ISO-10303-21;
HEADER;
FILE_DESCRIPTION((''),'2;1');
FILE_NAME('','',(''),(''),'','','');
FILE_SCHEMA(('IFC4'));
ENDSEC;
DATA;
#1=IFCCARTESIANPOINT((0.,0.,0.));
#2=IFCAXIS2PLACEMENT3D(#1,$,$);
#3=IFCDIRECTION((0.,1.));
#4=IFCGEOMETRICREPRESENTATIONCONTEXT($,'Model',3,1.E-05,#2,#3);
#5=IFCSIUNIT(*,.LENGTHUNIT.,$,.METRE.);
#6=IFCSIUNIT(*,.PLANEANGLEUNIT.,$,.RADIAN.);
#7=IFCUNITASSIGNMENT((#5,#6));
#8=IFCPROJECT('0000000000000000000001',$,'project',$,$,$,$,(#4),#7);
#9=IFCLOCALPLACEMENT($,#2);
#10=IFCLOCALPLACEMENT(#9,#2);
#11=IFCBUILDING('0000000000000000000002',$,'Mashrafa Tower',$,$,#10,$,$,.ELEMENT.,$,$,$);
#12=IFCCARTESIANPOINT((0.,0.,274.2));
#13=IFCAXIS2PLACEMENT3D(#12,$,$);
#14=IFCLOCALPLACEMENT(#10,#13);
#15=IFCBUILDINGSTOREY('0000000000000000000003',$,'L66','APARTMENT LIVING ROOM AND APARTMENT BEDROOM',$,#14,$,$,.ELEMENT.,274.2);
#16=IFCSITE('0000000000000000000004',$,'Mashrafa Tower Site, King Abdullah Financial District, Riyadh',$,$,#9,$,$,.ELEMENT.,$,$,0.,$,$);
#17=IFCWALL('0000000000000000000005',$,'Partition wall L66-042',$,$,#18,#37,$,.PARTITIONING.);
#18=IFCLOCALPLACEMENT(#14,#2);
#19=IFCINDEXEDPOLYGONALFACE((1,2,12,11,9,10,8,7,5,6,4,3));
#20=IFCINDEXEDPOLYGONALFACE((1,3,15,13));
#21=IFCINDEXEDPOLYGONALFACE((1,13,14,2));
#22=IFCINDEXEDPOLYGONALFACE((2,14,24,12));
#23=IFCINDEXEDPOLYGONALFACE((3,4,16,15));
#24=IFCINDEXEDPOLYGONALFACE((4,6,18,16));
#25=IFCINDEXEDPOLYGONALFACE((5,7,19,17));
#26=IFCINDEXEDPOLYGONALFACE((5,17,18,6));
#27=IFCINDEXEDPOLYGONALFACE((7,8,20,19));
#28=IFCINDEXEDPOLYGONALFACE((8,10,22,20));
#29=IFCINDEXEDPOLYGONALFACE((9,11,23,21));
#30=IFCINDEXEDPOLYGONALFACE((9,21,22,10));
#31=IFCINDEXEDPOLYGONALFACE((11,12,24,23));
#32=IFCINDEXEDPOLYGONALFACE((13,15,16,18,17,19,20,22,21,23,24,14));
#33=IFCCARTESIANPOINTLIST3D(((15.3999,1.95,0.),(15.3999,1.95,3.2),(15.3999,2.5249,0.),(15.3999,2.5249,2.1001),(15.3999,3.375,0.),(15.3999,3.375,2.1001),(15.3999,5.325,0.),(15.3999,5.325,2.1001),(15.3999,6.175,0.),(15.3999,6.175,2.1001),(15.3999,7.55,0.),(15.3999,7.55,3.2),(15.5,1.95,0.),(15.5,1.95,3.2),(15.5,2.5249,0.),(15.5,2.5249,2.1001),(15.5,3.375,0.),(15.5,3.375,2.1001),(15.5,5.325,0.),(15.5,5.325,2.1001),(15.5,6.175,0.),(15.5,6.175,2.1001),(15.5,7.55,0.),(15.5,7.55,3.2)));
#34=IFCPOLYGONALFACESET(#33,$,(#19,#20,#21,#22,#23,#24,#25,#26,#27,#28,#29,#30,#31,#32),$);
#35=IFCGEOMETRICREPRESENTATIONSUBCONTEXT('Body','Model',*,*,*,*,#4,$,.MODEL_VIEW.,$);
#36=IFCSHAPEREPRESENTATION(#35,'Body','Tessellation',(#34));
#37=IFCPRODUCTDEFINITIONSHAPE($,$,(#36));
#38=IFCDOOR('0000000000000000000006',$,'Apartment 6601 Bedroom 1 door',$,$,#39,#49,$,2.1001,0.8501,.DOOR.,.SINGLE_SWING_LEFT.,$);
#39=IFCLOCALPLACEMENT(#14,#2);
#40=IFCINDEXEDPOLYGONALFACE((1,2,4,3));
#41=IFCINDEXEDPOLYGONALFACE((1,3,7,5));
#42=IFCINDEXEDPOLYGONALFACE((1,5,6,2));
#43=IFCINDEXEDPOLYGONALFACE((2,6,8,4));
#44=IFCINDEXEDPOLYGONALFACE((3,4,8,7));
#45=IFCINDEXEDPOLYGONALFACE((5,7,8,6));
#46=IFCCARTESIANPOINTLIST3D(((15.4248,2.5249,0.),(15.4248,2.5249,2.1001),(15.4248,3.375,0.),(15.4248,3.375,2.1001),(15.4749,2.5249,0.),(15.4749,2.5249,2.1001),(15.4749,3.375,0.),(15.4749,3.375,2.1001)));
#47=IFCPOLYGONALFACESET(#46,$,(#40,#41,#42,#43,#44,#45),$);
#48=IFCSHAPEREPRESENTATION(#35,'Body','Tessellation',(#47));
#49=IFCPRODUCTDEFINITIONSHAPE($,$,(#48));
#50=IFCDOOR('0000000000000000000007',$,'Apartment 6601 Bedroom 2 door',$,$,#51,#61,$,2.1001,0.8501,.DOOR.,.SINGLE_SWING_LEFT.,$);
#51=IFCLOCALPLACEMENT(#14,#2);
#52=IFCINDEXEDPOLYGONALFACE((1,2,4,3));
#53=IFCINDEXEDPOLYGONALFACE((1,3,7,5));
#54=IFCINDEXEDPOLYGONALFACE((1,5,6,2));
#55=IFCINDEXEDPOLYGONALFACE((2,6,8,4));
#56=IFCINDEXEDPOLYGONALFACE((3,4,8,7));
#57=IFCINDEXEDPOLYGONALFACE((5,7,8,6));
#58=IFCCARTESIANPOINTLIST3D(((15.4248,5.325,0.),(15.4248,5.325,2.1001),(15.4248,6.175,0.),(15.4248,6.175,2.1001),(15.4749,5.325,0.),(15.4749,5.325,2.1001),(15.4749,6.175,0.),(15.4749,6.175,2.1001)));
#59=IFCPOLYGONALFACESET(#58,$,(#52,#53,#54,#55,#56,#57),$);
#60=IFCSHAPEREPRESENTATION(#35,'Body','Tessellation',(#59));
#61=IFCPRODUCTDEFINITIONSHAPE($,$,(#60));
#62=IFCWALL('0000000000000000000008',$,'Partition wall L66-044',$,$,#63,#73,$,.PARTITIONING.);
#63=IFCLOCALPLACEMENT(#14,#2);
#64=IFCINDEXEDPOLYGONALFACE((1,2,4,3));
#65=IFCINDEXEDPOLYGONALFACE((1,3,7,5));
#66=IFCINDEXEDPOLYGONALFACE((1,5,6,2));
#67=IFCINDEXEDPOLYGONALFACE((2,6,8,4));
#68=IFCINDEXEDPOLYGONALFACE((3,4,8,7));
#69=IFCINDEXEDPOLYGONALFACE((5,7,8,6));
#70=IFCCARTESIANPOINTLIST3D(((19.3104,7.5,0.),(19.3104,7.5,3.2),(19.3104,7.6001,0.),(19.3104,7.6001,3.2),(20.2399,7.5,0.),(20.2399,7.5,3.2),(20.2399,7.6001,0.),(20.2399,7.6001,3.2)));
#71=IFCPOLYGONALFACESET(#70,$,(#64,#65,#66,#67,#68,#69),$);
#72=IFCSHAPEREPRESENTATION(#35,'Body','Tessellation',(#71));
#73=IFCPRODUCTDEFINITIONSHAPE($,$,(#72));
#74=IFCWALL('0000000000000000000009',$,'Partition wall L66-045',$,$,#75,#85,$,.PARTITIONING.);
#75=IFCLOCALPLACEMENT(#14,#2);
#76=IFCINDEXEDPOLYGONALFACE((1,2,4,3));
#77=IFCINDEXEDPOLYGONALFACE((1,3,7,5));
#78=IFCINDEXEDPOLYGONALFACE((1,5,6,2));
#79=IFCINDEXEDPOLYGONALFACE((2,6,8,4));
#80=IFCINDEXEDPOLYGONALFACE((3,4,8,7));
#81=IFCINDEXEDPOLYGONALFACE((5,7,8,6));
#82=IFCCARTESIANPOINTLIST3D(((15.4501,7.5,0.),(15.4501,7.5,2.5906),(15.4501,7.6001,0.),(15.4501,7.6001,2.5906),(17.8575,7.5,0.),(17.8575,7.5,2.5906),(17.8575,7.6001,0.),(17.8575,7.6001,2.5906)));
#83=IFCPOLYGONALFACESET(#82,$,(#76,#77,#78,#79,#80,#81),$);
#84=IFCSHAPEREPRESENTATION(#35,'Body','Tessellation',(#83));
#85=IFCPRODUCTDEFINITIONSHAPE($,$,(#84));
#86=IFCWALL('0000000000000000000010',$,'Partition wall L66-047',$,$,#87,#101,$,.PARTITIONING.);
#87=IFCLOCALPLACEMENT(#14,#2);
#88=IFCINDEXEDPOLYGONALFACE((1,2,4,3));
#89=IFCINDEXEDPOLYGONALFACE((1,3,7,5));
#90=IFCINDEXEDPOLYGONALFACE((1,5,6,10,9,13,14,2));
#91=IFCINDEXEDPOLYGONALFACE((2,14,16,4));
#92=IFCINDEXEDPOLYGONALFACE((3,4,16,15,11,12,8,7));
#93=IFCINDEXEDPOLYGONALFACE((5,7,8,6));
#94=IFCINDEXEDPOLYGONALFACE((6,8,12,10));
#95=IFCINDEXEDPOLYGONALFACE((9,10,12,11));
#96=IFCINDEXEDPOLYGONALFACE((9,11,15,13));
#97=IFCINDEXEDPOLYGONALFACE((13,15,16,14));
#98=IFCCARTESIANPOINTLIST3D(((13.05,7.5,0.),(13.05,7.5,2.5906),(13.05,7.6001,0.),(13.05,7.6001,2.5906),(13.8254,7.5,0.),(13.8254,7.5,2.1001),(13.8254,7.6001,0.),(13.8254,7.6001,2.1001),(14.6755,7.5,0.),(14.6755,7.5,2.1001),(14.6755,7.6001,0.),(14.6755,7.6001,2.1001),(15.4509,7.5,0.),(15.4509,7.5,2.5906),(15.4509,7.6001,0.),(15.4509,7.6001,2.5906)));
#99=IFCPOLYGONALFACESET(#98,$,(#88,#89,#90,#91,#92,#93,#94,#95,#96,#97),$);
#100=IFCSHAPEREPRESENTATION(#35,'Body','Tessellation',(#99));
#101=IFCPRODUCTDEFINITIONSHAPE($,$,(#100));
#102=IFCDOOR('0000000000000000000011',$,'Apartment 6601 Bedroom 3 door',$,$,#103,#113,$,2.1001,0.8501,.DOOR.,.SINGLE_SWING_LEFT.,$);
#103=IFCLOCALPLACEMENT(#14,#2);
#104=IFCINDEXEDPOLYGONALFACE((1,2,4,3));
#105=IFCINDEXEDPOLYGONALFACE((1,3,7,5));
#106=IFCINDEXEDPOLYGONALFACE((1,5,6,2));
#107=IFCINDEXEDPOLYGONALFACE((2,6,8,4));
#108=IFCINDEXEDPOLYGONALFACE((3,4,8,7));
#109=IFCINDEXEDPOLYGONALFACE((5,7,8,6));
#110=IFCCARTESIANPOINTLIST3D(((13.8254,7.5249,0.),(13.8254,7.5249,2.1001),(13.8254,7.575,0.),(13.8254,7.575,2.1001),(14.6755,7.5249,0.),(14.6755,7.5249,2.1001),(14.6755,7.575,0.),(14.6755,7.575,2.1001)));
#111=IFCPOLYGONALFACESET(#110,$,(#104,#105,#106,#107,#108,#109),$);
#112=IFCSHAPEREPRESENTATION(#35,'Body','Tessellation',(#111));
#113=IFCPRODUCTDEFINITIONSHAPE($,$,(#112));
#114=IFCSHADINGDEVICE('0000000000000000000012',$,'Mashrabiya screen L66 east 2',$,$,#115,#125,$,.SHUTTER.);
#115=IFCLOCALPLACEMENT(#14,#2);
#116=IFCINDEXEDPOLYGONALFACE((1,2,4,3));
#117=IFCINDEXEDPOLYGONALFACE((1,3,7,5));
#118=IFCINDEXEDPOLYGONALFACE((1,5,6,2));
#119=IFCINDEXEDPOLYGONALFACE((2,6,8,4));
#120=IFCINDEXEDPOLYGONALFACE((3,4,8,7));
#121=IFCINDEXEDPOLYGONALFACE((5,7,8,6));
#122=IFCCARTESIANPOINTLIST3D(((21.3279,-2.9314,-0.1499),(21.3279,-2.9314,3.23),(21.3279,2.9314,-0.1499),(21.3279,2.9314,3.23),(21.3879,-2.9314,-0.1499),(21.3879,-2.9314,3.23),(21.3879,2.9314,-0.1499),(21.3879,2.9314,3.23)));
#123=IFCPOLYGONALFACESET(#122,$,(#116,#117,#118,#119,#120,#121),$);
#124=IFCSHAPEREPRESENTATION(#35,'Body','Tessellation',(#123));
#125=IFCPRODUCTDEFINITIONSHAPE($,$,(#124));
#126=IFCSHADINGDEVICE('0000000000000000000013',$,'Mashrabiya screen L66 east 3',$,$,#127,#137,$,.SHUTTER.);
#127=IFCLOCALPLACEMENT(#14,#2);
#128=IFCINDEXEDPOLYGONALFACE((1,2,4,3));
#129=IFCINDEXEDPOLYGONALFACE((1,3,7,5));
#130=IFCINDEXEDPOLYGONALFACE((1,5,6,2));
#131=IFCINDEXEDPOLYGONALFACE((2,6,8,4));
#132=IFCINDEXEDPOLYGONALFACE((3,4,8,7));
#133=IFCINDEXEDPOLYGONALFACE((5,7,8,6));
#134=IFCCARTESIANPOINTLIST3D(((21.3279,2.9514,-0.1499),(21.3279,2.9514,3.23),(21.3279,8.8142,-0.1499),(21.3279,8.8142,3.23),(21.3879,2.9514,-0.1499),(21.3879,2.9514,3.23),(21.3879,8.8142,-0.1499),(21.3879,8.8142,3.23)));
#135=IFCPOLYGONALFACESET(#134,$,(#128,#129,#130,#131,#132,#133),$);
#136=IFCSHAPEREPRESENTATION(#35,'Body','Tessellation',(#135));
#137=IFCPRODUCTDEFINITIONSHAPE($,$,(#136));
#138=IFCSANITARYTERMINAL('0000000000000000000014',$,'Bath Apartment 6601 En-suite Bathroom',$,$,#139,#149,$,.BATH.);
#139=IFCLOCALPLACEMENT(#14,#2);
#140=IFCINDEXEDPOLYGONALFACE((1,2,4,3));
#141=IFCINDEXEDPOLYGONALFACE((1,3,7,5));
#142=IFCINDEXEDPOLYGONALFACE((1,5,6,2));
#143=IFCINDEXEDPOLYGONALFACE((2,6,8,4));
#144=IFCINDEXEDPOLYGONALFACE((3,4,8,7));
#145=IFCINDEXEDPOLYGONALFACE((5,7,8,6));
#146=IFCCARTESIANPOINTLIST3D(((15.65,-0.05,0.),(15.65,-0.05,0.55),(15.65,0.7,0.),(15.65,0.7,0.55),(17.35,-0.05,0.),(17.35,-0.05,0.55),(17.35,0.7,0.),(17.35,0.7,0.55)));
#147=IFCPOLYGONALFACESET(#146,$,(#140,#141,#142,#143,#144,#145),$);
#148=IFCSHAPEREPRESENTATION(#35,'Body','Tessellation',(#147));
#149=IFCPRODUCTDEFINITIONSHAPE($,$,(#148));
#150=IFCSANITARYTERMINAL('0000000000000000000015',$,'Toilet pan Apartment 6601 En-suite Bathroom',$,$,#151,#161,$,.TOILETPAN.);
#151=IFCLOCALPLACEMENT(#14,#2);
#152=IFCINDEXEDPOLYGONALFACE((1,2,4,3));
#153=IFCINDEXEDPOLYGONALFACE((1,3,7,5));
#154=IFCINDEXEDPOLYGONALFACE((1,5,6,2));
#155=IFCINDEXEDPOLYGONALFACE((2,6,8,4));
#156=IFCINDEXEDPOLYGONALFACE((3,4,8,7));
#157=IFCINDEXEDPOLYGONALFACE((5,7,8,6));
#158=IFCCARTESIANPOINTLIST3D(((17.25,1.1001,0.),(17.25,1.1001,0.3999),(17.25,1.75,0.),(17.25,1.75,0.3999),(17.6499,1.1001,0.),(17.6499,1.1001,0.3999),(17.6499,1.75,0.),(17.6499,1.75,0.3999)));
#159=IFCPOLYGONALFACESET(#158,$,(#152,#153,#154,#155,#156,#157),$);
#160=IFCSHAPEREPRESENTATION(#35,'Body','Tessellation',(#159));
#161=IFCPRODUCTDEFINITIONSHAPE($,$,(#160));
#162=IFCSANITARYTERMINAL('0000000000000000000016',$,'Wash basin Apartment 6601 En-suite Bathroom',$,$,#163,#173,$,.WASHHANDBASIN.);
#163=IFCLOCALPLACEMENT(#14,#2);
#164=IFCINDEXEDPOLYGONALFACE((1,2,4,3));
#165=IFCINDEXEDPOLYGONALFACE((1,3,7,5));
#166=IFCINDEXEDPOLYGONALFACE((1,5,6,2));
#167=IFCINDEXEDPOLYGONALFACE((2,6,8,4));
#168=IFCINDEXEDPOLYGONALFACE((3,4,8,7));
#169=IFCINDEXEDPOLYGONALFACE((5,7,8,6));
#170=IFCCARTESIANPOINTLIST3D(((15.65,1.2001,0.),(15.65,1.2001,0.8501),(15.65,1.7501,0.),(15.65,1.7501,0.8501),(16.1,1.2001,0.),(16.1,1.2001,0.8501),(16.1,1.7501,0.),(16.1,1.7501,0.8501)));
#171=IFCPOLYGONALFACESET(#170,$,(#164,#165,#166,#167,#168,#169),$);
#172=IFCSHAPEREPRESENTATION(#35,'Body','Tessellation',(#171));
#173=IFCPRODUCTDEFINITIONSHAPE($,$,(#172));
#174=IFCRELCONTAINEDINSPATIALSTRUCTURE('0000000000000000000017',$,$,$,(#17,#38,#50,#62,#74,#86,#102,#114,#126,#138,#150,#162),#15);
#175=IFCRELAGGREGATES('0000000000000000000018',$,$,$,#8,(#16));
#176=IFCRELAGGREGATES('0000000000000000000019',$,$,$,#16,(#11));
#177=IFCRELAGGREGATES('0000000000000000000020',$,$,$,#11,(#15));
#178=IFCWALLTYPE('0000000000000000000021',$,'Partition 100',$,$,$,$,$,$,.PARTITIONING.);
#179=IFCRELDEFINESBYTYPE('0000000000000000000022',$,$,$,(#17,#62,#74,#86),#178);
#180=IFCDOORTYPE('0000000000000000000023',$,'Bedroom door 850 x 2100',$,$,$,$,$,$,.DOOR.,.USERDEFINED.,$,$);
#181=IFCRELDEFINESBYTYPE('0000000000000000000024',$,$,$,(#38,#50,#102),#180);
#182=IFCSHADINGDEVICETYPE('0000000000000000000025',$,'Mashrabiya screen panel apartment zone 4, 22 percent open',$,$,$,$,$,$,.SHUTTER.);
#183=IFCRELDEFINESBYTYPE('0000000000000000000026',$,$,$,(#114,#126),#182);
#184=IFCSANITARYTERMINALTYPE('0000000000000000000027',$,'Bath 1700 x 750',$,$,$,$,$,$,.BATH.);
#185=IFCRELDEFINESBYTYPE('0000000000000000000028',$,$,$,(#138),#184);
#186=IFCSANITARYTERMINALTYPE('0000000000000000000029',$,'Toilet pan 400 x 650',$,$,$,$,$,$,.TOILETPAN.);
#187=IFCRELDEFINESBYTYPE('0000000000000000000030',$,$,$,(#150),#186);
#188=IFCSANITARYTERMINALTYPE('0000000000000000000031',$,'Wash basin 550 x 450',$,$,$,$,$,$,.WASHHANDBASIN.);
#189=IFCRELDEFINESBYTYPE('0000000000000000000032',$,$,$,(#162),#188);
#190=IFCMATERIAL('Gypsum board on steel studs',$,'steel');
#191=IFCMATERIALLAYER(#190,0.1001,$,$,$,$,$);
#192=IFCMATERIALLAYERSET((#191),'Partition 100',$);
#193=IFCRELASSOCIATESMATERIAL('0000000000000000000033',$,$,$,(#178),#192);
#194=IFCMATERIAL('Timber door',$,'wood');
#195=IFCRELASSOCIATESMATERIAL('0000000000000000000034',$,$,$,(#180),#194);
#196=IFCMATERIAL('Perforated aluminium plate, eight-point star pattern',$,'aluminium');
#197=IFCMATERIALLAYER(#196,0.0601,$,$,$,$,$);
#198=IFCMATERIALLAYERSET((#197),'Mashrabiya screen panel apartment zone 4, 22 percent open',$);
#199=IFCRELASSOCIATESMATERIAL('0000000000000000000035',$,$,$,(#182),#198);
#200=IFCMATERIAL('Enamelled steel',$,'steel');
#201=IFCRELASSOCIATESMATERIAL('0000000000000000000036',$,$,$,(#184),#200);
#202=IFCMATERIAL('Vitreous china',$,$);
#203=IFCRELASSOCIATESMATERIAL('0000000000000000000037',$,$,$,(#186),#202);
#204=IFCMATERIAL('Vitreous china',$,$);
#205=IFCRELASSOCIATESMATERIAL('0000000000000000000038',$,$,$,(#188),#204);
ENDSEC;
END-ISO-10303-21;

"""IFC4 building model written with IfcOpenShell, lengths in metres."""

from ifc_helpers import new_model, si_unit, direction, frame, frame_2d, origin, origin_2d, place, context, subcontext, project, spatial, rectangle, extrude, source, transform, mapped, material, layer, layer_set, type_object, type_shapes, element, fill, save


model = new_model("IFC4")

# Units and contexts
model_context = context("Model", 3, precision=1e-05, world=origin(), true_north=direction((0.0, 1.0)))
body_context = subcontext(model_context, "Body", "Model", "MODEL_VIEW")
ifc_project = project(units=[si_unit("LENGTHUNIT", "METRE"), si_unit("PLANEANGLEUNIT", "RADIAN")], contexts=[model_context])

# Site, building, storey
site_placement = place(None, origin())
site = spatial("IfcSite", under=ifc_project, at=site_placement, Name="Mashrafa Tower Site, King Abdullah Financial District, Riyadh", CompositionType="ELEMENT", RefElevation=0.0)
building_placement = place(site_placement, origin())
building = spatial("IfcBuilding", under=site, at=building_placement, Name="Mashrafa Tower", CompositionType="ELEMENT")
storey_placement = place(building_placement, frame((0.0, 0.0, 274.2)))
storey = spatial("IfcBuildingStorey", under=building, at=storey_placement, Name="L66", Description="APARTMENT LIVING ROOM AND APARTMENT BEDROOM", CompositionType="ELEMENT", Elevation=274.2)

# Shared definitions
ifc_material_1 = material(Name="Gypsum board on steel studs", Category="steel")
ifc_layer_1 = layer(ifc_material_1, 0.1001)
ifc_layer_set_1 = layer_set([ifc_layer_1], Name="Partition 100")
wall_type_1 = type_object("IfcWallType", Name="Partition 100", PredefinedType="PARTITIONING", material=ifc_layer_set_1)

# Wall, openings, doors
wall_1_placement = place(storey_placement, frame((15.45, 1.95, 0.0), z_axis=(0.0, 0.0, 1.0), x_axis=(0.0, 1.0, 0.0)))
wall_1 = element("IfcWall", 1, at=wall_1_placement, inside=storey, type_object=wall_type_1, Name="Partition wall L66-042", PredefinedType="PARTITIONING", context=body_context, shape_type="SweptSolid", body=[
    extrude(rectangle(XDim=5.6001, YDim=0.1001, at=frame_2d((2.8, 0.0))), origin(), (0.0, 0.0, 1.0), 3.2),
])
opening_1_placement = place(wall_1_placement, frame((0.575, 0.0, 0.0)))
opening_1 = element("IfcOpeningElement", 2, at=opening_1_placement, cuts=wall_1, PredefinedType="OPENING", context=body_context, shape_type="SweptSolid", body=[
    extrude(rectangle(XDim=0.8501, YDim=2.1001, at=frame_2d((0.425, 1.05))), frame((0.0, 0.0601, 0.0), z_axis=(0.0, -1.0, 0.0), x_axis=(1.0, 0.0, 0.0)), (0.0, 0.0, 1.0), 0.1201),
])
opening_2_placement = place(wall_1_placement, frame((3.375, 0.0, 0.0)))
opening_2 = element("IfcOpeningElement", 3, at=opening_2_placement, cuts=wall_1, PredefinedType="OPENING", context=body_context, shape_type="SweptSolid", body=[
    extrude(rectangle(XDim=0.8501, YDim=2.1001, at=frame_2d((0.425, 1.05))), frame((0.0, 0.0601, 0.0), z_axis=(0.0, -1.0, 0.0), x_axis=(1.0, 0.0, 0.0)), (0.0, 0.0, 1.0), 0.1201),
])
ifc_material_2 = material(Name="Timber door", Category="wood")
door_type_1 = type_object("IfcDoorType", Name="Bedroom door 850 x 2100", OperationType="USERDEFINED", PredefinedType="DOOR", material=ifc_material_2)
door_1_placement = place(opening_1_placement, frame((0.8501, 0.0, 0.0), z_axis=(0.0, 0.0, 1.0), x_axis=(-1.0, 0.0, 0.0)))
door_1 = element("IfcDoor", 4, at=door_1_placement, inside=storey, type_object=door_type_1, Name="Apartment 6601 Bedroom 1 door", OperationType="SINGLE_SWING_LEFT", OverallHeight=2.1001, OverallWidth=0.8501, PredefinedType="DOOR", context=body_context, shape_type="SweptSolid", body=[
    extrude(rectangle(XDim=0.8501, YDim=2.1001, at=frame_2d((0.425, 1.05))), frame((0.0, 0.0249, 0.0), z_axis=(0.0, -1.0, 0.0), x_axis=(1.0, 0.0, 0.0)), (0.0, 0.0, 1.0), 0.05),
])
fill(opening_1, door_1)
door_2_placement = place(opening_2_placement, frame((0.8501, 0.0, 0.0), z_axis=(0.0, 0.0, 1.0), x_axis=(-1.0, 0.0, 0.0)))
door_2 = element("IfcDoor", 5, at=door_2_placement, inside=storey, type_object=door_type_1, Name="Apartment 6601 Bedroom 2 door", OperationType="SINGLE_SWING_LEFT", OverallHeight=2.1001, OverallWidth=0.8501, PredefinedType="DOOR", context=body_context, shape_type="SweptSolid", body=[
    extrude(rectangle(XDim=0.8501, YDim=2.1001, at=frame_2d((0.425, 1.05))), frame((0.0, 0.0249, 0.0), z_axis=(0.0, -1.0, 0.0), x_axis=(1.0, 0.0, 0.0)), (0.0, 0.0, 1.0), 0.05),
])
fill(opening_2, door_2)

# Walls
wall_2_placement = place(storey_placement, frame((20.24, 7.55, 0.0), z_axis=(0.0, 0.0, 1.0), x_axis=(-1.0, 0.0, 0.0)))
element("IfcWall", 6, at=wall_2_placement, inside=storey, type_object=wall_type_1, Name="Partition wall L66-044", PredefinedType="PARTITIONING", context=body_context, shape_type="SweptSolid", body=[
    extrude(rectangle(XDim=0.9294, YDim=0.1001, at=frame_2d((0.4648, 0.0))), origin(), (0.0, 0.0, 1.0), 3.2),
])
wall_3_placement = place(storey_placement, frame((17.8574, 7.55, 0.0), z_axis=(0.0, 0.0, 1.0), x_axis=(-1.0, 0.0, 0.0)))
element("IfcWall", 7, at=wall_3_placement, inside=storey, type_object=wall_type_1, Name="Partition wall L66-045", PredefinedType="PARTITIONING", context=body_context, shape_type="SweptSolid", body=[
    extrude(rectangle(XDim=2.4075, YDim=0.1001, at=frame_2d((1.2036, 0.0))), origin(), (0.0, 0.0, 1.0), 2.5906),
])

# Wall, opening, door
wall_4_placement = place(storey_placement, frame((13.05, 7.55, 0.0), z_axis=(0.0, 0.0, 1.0), x_axis=(1.0, 0.0, 0.0)))
wall_4 = element("IfcWall", 8, at=wall_4_placement, inside=storey, type_object=wall_type_1, Name="Partition wall L66-047", PredefinedType="PARTITIONING", context=body_context, shape_type="SweptSolid", body=[
    extrude(rectangle(XDim=2.4009, YDim=0.1001, at=frame_2d((1.2004, 0.0))), origin(), (0.0, 0.0, 1.0), 2.5906),
])
opening_3_placement = place(wall_4_placement, frame((0.7754, 0.0, 0.0)))
opening_3 = element("IfcOpeningElement", 9, at=opening_3_placement, cuts=wall_4, PredefinedType="OPENING", context=body_context, shape_type="SweptSolid", body=[
    extrude(rectangle(XDim=0.8501, YDim=2.1001, at=frame_2d((0.425, 1.05))), frame((0.0, 0.0601, 0.0), z_axis=(0.0, -1.0, 0.0), x_axis=(1.0, 0.0, 0.0)), (0.0, 0.0, 1.0), 0.1201),
])
door_3_placement = place(opening_3_placement, origin())
door_3 = element("IfcDoor", 10, at=door_3_placement, inside=storey, type_object=door_type_1, Name="Apartment 6601 Bedroom 3 door", OperationType="SINGLE_SWING_LEFT", OverallHeight=2.1001, OverallWidth=0.8501, PredefinedType="DOOR", context=body_context, shape_type="SweptSolid", body=[
    extrude(rectangle(XDim=0.8501, YDim=2.1001, at=frame_2d((0.425, 1.05))), frame((0.0, 0.0249, 0.0), z_axis=(0.0, -1.0, 0.0), x_axis=(1.0, 0.0, 0.0)), (0.0, 0.0, 1.0), 0.05),
])
fill(opening_3, door_3)

# Shading devices
ifc_material_3 = material(Name="Perforated aluminium plate, eight-point star pattern", Category="aluminium")
ifc_layer_2 = layer(ifc_material_3, 0.0601)
ifc_layer_set_2 = layer_set([ifc_layer_2], Name="Mashrabiya screen panel apartment zone 4, 22 percent open")
shading_device_type = type_object("IfcShadingDeviceType", Name="Mashrabiya screen panel apartment zone 4, 22 percent open", PredefinedType="SHUTTER", material=ifc_layer_set_2)
shared_shape_1 = source(origin(), body_context, "Body", "SweptSolid", [
    extrude(rectangle(XDim=5.8628, YDim=0.0601, at=origin_2d()), origin(), (0.0, 0.0, 1.0), 3.3799),
])
type_shapes(shading_device_type, [shared_shape_1])
for number, where, z_axis, x_axis, name in (
    (11, (21.3579, 0.0, -0.1499), (0.0, 0.0, 1.0), (0.0, 1.0, 0.0), "Mashrabiya screen L66 east 2"),
    (12, (21.3579, 5.8828, -0.1499), (0.0, 0.0, 1.0), (0.0, 1.0, 0.0), "Mashrabiya screen L66 east 3"),
):
    element("IfcShadingDevice", number, at=place(storey_placement, frame(where, z_axis=z_axis, x_axis=x_axis)), inside=storey, type_object=shading_device_type, Name=name, PredefinedType="SHUTTER", context=body_context, shape_type="MappedRepresentation", body=[
        mapped(shared_shape_1, transform((0.0, 0.0, 0.0))),
    ])

# Sanitary terminals
ifc_material_4 = material(Name="Enamelled steel", Category="steel")
sanitary_terminal_type_1 = type_object("IfcSanitaryTerminalType", Name="Bath 1700 x 750", PredefinedType="BATH", material=ifc_material_4)
sanitary_terminal_1_placement = place(storey_placement, frame((16.5, 0.325, 0.0), z_axis=(0.0, 0.0, 1.0), x_axis=(1.0, 0.0, 0.0)))
element("IfcSanitaryTerminal", 13, at=sanitary_terminal_1_placement, inside=storey, type_object=sanitary_terminal_type_1, Name="Bath Apartment 6601 En-suite Bathroom", PredefinedType="BATH", context=body_context, shape_type="SweptSolid", body=[
    extrude(rectangle(XDim=1.7, YDim=0.75, at=origin_2d()), origin(), (0.0, 0.0, 1.0), 0.55),
])
ifc_material_5 = material(Name="Vitreous china")
sanitary_terminal_type_2 = type_object("IfcSanitaryTerminalType", Name="Toilet pan 400 x 650", PredefinedType="TOILETPAN", material=ifc_material_5)
sanitary_terminal_2_placement = place(storey_placement, frame((17.45, 1.425, 0.0), z_axis=(0.0, 0.0, 1.0), x_axis=(-1.0, 0.0, 0.0)))
element("IfcSanitaryTerminal", 14, at=sanitary_terminal_2_placement, inside=storey, type_object=sanitary_terminal_type_2, Name="Toilet pan Apartment 6601 En-suite Bathroom", PredefinedType="TOILETPAN", context=body_context, shape_type="SweptSolid", body=[
    extrude(rectangle(XDim=0.3999, YDim=0.6499, at=origin_2d()), origin(), (0.0, 0.0, 1.0), 0.3999),
])
ifc_material_6 = material(Name="Vitreous china")
sanitary_terminal_type_3 = type_object("IfcSanitaryTerminalType", Name="Wash basin 550 x 450", PredefinedType="WASHHANDBASIN", material=ifc_material_6)
sanitary_terminal_3_placement = place(storey_placement, frame((15.875, 1.4751, 0.0), z_axis=(0.0, 0.0, 1.0), x_axis=(0.0, -1.0, 0.0)))
element("IfcSanitaryTerminal", 15, at=sanitary_terminal_3_placement, inside=storey, type_object=sanitary_terminal_type_3, Name="Wash basin Apartment 6601 En-suite Bathroom", PredefinedType="WASHHANDBASIN", context=body_context, shape_type="SweptSolid", body=[
    extrude(rectangle(XDim=0.55, YDim=0.45, at=origin_2d()), origin(), (0.0, 0.0, 1.0), 0.8501),
])

save(model, "model.ifc")
